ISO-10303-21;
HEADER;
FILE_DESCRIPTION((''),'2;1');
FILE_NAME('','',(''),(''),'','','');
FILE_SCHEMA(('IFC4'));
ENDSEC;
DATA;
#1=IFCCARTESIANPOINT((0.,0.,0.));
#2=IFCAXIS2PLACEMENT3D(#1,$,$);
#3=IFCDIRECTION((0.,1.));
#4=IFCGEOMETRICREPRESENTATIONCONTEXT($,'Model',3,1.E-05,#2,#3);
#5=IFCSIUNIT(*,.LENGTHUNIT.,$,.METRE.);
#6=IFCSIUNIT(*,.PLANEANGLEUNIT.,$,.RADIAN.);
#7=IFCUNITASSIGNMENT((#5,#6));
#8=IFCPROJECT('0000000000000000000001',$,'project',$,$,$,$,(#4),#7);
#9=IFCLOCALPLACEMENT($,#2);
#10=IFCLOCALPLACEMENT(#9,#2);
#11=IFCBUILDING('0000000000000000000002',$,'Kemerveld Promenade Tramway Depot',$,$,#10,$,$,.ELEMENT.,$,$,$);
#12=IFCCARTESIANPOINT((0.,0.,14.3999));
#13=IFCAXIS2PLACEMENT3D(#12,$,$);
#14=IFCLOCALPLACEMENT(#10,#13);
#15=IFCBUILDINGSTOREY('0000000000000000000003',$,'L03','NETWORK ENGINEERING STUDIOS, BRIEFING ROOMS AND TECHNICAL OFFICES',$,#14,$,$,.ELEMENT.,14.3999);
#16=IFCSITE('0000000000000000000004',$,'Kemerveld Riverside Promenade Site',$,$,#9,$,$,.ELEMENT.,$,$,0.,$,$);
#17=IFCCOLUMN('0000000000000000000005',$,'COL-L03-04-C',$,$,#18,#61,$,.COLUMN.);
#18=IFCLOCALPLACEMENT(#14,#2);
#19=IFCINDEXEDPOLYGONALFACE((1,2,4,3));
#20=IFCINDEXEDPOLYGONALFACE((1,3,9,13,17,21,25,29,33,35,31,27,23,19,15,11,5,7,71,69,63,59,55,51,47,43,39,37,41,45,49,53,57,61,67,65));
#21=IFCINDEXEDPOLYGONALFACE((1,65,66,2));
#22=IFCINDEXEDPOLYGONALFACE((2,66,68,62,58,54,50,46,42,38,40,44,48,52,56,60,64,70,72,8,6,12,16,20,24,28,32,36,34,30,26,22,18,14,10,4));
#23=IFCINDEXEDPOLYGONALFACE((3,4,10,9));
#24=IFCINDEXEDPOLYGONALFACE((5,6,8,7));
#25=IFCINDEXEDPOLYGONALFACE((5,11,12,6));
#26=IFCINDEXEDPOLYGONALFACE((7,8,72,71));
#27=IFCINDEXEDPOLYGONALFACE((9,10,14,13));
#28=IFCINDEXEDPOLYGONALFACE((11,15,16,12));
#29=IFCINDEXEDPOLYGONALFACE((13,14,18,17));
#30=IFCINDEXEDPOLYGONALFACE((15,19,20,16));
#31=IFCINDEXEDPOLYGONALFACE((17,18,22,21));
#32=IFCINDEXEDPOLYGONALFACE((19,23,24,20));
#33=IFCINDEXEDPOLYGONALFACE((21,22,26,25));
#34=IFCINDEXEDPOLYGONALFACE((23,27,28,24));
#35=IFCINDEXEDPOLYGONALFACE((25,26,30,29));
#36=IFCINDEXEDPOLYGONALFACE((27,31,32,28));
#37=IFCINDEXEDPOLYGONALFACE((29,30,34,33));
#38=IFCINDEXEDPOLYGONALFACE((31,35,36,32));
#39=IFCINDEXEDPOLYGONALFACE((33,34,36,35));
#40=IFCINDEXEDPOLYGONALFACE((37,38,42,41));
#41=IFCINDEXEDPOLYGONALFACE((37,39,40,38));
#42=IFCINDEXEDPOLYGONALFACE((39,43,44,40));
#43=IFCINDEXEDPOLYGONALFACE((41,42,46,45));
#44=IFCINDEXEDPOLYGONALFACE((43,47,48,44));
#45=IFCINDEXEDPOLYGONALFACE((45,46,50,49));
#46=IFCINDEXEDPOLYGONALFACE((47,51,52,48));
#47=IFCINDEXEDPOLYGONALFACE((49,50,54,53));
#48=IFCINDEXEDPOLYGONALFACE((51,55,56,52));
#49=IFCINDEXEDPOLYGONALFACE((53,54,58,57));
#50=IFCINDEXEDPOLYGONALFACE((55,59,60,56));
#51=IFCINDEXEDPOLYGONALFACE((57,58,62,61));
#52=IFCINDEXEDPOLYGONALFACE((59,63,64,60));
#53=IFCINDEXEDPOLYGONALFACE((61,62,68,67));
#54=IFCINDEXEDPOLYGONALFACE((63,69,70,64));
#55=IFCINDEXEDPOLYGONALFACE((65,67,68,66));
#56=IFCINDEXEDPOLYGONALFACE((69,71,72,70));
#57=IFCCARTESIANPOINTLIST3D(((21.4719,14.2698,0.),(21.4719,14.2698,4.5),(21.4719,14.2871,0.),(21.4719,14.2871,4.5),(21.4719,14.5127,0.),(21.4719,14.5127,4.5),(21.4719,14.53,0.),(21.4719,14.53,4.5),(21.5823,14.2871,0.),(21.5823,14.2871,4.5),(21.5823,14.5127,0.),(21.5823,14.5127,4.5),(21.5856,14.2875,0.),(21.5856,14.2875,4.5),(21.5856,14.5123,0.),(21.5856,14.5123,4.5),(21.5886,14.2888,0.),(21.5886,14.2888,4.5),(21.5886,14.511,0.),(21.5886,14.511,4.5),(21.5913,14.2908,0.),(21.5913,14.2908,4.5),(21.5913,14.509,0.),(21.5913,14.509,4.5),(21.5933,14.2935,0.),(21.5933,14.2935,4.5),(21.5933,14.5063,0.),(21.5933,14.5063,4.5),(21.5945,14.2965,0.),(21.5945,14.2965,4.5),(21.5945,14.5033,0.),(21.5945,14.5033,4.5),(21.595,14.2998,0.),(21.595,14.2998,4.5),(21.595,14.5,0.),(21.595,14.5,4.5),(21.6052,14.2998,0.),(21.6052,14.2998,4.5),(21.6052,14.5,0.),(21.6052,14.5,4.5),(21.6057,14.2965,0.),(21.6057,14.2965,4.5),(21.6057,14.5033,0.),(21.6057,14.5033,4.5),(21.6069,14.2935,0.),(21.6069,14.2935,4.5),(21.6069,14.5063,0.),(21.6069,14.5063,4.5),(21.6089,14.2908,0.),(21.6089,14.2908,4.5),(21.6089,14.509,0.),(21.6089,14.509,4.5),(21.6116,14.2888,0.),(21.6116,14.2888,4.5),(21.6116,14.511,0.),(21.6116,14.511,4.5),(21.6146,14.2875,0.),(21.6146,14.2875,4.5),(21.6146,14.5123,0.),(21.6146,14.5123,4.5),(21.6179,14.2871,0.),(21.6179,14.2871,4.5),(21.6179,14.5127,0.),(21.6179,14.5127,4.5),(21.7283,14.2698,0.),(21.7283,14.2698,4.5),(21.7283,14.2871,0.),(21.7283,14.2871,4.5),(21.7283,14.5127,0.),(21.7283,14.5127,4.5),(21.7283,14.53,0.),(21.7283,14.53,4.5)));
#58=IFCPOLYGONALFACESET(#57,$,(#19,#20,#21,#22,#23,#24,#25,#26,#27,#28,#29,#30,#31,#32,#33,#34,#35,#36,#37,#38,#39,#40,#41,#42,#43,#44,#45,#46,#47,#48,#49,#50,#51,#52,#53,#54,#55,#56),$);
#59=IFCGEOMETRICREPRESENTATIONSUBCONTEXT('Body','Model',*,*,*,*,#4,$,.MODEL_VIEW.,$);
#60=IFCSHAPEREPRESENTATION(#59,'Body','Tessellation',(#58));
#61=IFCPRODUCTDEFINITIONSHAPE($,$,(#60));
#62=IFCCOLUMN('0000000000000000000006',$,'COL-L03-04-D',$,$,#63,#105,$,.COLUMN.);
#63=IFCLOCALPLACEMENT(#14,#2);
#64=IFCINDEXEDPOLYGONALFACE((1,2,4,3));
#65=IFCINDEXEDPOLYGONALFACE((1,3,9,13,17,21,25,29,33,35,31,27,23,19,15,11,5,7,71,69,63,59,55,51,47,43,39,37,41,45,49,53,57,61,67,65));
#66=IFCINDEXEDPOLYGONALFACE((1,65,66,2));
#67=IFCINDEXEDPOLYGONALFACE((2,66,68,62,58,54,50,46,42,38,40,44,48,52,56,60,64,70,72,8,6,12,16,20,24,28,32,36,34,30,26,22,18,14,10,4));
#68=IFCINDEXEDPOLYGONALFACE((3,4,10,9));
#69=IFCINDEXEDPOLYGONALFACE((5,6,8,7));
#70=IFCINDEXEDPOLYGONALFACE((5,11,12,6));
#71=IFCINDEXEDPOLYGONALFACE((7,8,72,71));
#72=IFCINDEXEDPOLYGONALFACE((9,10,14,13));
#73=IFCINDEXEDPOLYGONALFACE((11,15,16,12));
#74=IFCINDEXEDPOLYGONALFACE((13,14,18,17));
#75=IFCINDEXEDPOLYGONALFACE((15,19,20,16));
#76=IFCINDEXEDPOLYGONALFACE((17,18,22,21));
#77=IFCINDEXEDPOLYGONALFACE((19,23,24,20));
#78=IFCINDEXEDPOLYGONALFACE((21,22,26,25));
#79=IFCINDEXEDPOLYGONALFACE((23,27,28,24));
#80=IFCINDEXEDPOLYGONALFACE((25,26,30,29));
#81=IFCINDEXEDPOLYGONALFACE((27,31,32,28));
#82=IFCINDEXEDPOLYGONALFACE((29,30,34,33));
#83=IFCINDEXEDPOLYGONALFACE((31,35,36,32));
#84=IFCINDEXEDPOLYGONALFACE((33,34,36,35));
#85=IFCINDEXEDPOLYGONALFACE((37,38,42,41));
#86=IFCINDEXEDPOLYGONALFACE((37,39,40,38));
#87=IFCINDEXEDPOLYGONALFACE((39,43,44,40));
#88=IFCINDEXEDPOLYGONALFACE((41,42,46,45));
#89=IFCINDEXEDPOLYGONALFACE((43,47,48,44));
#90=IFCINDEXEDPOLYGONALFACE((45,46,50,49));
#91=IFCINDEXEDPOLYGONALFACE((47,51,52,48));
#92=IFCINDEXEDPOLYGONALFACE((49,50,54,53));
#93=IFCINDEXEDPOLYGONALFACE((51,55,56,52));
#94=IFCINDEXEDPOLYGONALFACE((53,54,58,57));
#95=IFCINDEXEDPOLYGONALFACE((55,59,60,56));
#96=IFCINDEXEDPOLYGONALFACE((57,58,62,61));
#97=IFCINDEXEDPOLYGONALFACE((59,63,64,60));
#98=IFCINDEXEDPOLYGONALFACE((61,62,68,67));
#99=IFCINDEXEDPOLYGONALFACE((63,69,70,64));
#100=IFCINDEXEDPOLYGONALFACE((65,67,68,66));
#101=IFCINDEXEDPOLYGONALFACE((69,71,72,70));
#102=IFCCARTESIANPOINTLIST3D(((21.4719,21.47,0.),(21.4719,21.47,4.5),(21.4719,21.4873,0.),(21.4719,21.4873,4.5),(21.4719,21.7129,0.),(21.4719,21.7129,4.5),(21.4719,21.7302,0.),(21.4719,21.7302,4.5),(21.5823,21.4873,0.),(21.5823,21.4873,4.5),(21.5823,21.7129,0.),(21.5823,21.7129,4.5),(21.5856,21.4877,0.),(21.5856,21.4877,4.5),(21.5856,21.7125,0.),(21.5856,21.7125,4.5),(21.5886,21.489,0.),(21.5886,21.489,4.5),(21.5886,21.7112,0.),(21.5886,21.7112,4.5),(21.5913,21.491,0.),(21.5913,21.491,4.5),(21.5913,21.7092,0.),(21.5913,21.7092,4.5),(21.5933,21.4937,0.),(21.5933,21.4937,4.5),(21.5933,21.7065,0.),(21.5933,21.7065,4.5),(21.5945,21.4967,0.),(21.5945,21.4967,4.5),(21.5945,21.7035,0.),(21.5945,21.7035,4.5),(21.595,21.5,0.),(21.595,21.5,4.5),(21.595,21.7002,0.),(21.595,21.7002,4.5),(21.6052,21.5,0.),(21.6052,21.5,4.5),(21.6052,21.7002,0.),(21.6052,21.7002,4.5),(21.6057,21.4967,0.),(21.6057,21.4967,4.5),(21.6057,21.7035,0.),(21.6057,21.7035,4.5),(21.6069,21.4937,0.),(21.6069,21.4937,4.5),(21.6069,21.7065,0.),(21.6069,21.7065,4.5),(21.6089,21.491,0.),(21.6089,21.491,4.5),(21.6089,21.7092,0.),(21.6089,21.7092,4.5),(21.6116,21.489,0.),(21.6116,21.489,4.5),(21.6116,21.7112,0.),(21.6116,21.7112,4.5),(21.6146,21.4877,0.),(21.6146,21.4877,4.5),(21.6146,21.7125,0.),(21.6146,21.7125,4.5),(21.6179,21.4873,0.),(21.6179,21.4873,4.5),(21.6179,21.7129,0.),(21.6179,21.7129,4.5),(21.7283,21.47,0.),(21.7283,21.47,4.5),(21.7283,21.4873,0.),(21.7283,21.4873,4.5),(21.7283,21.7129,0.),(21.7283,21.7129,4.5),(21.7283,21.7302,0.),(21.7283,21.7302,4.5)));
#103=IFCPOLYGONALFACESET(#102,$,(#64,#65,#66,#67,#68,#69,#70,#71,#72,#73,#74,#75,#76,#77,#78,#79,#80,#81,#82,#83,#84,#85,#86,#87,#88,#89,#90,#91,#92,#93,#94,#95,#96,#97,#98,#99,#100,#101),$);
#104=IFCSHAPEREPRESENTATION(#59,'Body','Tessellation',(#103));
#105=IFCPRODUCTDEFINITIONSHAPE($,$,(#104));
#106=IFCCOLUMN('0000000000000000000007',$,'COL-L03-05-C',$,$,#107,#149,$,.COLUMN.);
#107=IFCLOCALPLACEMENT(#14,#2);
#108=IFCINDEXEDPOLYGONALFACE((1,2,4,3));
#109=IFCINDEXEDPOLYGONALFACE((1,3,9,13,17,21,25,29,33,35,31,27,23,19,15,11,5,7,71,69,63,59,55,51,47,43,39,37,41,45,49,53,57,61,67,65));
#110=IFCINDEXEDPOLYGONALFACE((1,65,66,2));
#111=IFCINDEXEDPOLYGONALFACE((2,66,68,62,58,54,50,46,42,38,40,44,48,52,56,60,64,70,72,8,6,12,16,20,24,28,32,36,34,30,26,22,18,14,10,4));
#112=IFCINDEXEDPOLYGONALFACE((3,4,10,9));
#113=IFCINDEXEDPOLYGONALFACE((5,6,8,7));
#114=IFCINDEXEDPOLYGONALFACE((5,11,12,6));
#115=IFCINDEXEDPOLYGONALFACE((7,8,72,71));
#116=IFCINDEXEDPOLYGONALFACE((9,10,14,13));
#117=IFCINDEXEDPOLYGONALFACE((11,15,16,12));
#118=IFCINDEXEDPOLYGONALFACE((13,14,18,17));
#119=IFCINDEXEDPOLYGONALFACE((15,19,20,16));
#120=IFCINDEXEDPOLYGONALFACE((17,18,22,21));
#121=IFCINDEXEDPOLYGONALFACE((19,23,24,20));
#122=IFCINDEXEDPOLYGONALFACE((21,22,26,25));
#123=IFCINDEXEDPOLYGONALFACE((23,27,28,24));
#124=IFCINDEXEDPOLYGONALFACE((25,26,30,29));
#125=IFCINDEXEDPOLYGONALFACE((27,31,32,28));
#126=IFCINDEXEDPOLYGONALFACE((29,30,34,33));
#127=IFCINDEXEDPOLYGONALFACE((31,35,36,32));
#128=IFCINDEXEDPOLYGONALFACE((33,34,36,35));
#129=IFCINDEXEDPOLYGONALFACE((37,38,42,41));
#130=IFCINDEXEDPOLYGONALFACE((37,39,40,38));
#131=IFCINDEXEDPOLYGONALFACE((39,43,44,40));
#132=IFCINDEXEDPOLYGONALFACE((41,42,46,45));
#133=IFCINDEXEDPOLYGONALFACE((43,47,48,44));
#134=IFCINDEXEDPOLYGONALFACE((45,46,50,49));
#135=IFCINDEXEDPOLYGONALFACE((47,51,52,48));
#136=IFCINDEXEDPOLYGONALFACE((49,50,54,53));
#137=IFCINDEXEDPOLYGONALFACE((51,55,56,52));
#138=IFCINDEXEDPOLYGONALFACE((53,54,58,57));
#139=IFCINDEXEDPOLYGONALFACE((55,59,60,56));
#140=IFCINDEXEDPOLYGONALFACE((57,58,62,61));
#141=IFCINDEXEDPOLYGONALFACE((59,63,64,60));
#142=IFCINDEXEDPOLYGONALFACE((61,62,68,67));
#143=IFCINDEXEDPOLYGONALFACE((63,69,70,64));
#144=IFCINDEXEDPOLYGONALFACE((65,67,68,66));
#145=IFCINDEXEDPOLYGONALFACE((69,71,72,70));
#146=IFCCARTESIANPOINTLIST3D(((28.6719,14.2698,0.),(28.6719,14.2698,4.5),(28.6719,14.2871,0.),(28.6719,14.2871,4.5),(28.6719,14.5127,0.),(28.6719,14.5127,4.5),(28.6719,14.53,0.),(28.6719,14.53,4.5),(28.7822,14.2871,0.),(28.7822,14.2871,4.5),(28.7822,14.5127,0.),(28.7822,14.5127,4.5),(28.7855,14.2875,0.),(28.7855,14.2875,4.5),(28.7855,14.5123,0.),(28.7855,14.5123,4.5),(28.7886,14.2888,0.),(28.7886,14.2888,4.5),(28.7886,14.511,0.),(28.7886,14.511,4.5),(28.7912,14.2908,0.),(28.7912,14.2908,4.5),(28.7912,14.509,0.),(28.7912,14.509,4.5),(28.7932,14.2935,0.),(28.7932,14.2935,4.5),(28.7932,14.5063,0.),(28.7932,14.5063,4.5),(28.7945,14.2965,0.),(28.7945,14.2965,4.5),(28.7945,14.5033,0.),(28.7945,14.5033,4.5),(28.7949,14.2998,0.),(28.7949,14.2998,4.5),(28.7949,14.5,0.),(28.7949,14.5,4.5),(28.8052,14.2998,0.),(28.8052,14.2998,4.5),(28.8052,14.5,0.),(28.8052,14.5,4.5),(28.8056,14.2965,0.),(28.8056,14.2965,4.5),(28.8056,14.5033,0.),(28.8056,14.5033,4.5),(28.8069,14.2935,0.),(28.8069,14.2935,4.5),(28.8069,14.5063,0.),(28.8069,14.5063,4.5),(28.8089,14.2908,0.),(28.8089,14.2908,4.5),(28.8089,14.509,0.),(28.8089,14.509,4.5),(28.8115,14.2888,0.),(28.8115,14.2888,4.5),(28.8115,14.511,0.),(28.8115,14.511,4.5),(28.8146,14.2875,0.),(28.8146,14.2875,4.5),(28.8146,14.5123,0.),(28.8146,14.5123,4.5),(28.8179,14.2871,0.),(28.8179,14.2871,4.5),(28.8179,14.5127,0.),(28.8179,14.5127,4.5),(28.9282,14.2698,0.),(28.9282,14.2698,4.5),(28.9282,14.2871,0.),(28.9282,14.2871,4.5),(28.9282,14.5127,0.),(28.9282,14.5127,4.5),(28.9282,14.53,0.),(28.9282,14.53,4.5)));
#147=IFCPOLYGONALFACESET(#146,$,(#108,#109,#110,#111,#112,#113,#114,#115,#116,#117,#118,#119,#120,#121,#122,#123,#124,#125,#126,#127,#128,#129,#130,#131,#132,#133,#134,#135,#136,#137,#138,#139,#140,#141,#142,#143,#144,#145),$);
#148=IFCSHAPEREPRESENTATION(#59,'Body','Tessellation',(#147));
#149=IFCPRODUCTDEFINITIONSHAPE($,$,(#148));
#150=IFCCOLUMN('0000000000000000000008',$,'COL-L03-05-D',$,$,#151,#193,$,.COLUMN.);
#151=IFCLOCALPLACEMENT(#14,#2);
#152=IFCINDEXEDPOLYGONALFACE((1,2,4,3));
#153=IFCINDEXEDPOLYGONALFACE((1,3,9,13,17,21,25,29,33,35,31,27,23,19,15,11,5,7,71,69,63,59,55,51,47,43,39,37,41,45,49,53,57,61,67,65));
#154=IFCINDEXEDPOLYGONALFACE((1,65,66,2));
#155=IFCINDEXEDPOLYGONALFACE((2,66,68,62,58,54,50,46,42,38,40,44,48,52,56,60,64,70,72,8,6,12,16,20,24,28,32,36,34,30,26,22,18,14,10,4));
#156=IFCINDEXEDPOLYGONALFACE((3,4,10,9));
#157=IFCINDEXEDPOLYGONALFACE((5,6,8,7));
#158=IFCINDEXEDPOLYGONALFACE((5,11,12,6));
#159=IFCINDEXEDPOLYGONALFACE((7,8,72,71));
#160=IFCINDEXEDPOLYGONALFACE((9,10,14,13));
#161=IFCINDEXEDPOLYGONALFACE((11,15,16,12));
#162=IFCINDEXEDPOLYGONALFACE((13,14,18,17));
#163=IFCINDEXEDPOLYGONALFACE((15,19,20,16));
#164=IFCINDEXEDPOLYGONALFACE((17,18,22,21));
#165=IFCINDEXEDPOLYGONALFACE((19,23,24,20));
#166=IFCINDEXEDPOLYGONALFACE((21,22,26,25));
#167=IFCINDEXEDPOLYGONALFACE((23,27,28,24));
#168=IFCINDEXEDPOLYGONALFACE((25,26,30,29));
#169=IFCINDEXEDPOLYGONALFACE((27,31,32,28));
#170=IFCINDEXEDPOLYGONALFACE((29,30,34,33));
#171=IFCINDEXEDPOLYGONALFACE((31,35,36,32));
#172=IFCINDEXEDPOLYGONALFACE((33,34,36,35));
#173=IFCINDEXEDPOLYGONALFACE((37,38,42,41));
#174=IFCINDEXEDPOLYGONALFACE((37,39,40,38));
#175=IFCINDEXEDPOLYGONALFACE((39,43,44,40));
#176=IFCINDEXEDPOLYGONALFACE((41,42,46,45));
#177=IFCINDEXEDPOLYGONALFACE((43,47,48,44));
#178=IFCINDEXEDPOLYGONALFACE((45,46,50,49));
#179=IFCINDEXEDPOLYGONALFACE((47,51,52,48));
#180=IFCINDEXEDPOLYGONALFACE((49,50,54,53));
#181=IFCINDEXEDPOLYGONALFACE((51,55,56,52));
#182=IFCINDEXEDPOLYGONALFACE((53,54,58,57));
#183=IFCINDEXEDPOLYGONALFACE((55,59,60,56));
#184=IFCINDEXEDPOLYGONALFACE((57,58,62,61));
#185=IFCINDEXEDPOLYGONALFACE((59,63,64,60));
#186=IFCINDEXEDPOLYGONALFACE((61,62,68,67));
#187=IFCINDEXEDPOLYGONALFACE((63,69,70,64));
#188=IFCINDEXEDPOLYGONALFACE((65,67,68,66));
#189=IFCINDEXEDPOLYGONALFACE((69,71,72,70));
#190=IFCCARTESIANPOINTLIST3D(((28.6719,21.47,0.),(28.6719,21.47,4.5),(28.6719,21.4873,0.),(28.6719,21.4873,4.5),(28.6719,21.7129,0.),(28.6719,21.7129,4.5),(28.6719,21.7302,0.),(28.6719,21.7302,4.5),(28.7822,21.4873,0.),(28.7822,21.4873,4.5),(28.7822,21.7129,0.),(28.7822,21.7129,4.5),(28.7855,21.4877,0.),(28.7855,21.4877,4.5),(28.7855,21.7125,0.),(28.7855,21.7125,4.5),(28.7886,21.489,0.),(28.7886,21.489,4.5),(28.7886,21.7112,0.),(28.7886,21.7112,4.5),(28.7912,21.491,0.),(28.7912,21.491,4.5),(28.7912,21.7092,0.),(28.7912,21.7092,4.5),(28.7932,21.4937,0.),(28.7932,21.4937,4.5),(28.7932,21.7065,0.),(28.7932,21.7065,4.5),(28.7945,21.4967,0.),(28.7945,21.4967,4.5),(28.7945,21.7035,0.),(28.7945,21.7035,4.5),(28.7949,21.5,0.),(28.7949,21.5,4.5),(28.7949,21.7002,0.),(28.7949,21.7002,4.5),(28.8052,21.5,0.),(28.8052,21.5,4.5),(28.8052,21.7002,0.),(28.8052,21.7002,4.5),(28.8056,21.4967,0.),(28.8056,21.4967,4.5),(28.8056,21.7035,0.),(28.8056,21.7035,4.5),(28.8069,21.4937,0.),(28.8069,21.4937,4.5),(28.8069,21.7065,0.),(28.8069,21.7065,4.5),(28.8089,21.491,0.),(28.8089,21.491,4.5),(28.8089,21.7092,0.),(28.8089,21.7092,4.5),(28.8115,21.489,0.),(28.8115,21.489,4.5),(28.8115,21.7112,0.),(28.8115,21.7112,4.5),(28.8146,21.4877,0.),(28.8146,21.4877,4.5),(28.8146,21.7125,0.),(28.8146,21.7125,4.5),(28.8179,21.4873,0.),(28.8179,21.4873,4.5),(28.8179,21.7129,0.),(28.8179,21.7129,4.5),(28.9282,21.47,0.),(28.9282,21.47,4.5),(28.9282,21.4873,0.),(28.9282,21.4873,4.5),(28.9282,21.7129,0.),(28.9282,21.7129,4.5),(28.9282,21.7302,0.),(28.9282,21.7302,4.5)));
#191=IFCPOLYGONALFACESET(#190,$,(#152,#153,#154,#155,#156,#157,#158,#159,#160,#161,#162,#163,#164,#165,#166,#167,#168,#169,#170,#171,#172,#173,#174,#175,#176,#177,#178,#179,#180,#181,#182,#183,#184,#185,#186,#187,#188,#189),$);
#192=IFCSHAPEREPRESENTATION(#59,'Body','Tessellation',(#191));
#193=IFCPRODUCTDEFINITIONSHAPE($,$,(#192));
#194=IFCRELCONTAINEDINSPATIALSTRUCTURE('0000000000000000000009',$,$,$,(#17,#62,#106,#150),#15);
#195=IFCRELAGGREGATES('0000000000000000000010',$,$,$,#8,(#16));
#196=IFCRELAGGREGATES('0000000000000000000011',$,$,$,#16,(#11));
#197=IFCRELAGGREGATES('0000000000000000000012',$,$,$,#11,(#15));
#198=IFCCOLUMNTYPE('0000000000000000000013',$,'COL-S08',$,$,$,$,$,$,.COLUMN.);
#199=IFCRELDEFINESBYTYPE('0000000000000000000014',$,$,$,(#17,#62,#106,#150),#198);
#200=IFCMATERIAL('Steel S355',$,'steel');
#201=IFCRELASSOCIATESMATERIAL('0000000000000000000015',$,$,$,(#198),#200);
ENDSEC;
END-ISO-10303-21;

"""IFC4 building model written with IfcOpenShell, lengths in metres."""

from ifc_helpers import new_model, si_unit, direction, frame, origin, origin_2d, place, context, subcontext, project, spatial, i_section, extrude, material, material_profile, profile_set, type_object, element, save


model = new_model("IFC4")

# Units and contexts
model_context = context("Model", 3, precision=1e-05, world=origin(), true_north=direction((0.0, 1.0)))
body_context = subcontext(model_context, "Body", "Model", "MODEL_VIEW")
ifc_project = project(units=[si_unit("LENGTHUNIT", "METRE"), si_unit("PLANEANGLEUNIT", "RADIAN")], contexts=[model_context])

# Site, building, storey
site_placement = place(None, origin())
site = spatial("IfcSite", under=ifc_project, at=site_placement, Name="Kemerveld Riverside Promenade Site", CompositionType="ELEMENT", RefElevation=0.0)
building_placement = place(site_placement, origin())
building = spatial("IfcBuilding", under=site, at=building_placement, Name="Kemerveld Promenade Tramway Depot", CompositionType="ELEMENT")
storey_placement = place(building_placement, frame((0.0, 0.0, 14.3999)))
storey = spatial("IfcBuildingStorey", under=building, at=storey_placement, Name="L03", Description="NETWORK ENGINEERING STUDIOS, BRIEFING ROOMS AND TECHNICAL OFFICES", CompositionType="ELEMENT", Elevation=14.3999)

# Columns
ifc_material = material(Name="Steel S355", Category="steel")
ifc_material_profile_1 = material_profile(ifc_material, i_section(OverallWidth=0.2563, OverallDepth=0.2603, WebThickness=0.0103, FlangeThickness=0.0173, FilletRadius=0.0127, at=origin_2d()), Name="254x254x89 UC")
ifc_profile_set_1 = profile_set([ifc_material_profile_1], Name="Steel S355")
column_type = type_object("IfcColumnType", Name="COL-S08", PredefinedType="COLUMN", material=ifc_profile_set_1)
for number, where, z_axis, x_axis, name in (
    (1, (21.6001, 14.3999, 0.0), (0.0, 0.0, 1.0), (1.0, 0.0, 0.0), "COL-L03-04-C"),
    (2, (21.6001, 21.6001, 0.0), (0.0, 0.0, 1.0), (1.0, 0.0, 0.0), "COL-L03-04-D"),
    (3, (28.8, 14.3999, 0.0), (0.0, 0.0, 1.0), (1.0, 0.0, 0.0), "COL-L03-05-C"),
    (4, (28.8, 21.6001, 0.0), (0.0, 0.0, 1.0), (1.0, 0.0, 0.0), "COL-L03-05-D"),
):
    element("IfcColumn", number, at=place(storey_placement, frame(where, z_axis=z_axis, x_axis=x_axis)), inside=storey, type_object=column_type, Name=name, PredefinedType="COLUMN", context=body_context, shape_type="SweptSolid", body=[
        extrude(i_section(OverallWidth=0.2563, OverallDepth=0.2603, WebThickness=0.0103, FlangeThickness=0.0173, FilletRadius=0.0127, at=origin_2d()), origin(), (0.0, 0.0, 1.0), 4.5),
    ])

save(model, "model.ifc")
